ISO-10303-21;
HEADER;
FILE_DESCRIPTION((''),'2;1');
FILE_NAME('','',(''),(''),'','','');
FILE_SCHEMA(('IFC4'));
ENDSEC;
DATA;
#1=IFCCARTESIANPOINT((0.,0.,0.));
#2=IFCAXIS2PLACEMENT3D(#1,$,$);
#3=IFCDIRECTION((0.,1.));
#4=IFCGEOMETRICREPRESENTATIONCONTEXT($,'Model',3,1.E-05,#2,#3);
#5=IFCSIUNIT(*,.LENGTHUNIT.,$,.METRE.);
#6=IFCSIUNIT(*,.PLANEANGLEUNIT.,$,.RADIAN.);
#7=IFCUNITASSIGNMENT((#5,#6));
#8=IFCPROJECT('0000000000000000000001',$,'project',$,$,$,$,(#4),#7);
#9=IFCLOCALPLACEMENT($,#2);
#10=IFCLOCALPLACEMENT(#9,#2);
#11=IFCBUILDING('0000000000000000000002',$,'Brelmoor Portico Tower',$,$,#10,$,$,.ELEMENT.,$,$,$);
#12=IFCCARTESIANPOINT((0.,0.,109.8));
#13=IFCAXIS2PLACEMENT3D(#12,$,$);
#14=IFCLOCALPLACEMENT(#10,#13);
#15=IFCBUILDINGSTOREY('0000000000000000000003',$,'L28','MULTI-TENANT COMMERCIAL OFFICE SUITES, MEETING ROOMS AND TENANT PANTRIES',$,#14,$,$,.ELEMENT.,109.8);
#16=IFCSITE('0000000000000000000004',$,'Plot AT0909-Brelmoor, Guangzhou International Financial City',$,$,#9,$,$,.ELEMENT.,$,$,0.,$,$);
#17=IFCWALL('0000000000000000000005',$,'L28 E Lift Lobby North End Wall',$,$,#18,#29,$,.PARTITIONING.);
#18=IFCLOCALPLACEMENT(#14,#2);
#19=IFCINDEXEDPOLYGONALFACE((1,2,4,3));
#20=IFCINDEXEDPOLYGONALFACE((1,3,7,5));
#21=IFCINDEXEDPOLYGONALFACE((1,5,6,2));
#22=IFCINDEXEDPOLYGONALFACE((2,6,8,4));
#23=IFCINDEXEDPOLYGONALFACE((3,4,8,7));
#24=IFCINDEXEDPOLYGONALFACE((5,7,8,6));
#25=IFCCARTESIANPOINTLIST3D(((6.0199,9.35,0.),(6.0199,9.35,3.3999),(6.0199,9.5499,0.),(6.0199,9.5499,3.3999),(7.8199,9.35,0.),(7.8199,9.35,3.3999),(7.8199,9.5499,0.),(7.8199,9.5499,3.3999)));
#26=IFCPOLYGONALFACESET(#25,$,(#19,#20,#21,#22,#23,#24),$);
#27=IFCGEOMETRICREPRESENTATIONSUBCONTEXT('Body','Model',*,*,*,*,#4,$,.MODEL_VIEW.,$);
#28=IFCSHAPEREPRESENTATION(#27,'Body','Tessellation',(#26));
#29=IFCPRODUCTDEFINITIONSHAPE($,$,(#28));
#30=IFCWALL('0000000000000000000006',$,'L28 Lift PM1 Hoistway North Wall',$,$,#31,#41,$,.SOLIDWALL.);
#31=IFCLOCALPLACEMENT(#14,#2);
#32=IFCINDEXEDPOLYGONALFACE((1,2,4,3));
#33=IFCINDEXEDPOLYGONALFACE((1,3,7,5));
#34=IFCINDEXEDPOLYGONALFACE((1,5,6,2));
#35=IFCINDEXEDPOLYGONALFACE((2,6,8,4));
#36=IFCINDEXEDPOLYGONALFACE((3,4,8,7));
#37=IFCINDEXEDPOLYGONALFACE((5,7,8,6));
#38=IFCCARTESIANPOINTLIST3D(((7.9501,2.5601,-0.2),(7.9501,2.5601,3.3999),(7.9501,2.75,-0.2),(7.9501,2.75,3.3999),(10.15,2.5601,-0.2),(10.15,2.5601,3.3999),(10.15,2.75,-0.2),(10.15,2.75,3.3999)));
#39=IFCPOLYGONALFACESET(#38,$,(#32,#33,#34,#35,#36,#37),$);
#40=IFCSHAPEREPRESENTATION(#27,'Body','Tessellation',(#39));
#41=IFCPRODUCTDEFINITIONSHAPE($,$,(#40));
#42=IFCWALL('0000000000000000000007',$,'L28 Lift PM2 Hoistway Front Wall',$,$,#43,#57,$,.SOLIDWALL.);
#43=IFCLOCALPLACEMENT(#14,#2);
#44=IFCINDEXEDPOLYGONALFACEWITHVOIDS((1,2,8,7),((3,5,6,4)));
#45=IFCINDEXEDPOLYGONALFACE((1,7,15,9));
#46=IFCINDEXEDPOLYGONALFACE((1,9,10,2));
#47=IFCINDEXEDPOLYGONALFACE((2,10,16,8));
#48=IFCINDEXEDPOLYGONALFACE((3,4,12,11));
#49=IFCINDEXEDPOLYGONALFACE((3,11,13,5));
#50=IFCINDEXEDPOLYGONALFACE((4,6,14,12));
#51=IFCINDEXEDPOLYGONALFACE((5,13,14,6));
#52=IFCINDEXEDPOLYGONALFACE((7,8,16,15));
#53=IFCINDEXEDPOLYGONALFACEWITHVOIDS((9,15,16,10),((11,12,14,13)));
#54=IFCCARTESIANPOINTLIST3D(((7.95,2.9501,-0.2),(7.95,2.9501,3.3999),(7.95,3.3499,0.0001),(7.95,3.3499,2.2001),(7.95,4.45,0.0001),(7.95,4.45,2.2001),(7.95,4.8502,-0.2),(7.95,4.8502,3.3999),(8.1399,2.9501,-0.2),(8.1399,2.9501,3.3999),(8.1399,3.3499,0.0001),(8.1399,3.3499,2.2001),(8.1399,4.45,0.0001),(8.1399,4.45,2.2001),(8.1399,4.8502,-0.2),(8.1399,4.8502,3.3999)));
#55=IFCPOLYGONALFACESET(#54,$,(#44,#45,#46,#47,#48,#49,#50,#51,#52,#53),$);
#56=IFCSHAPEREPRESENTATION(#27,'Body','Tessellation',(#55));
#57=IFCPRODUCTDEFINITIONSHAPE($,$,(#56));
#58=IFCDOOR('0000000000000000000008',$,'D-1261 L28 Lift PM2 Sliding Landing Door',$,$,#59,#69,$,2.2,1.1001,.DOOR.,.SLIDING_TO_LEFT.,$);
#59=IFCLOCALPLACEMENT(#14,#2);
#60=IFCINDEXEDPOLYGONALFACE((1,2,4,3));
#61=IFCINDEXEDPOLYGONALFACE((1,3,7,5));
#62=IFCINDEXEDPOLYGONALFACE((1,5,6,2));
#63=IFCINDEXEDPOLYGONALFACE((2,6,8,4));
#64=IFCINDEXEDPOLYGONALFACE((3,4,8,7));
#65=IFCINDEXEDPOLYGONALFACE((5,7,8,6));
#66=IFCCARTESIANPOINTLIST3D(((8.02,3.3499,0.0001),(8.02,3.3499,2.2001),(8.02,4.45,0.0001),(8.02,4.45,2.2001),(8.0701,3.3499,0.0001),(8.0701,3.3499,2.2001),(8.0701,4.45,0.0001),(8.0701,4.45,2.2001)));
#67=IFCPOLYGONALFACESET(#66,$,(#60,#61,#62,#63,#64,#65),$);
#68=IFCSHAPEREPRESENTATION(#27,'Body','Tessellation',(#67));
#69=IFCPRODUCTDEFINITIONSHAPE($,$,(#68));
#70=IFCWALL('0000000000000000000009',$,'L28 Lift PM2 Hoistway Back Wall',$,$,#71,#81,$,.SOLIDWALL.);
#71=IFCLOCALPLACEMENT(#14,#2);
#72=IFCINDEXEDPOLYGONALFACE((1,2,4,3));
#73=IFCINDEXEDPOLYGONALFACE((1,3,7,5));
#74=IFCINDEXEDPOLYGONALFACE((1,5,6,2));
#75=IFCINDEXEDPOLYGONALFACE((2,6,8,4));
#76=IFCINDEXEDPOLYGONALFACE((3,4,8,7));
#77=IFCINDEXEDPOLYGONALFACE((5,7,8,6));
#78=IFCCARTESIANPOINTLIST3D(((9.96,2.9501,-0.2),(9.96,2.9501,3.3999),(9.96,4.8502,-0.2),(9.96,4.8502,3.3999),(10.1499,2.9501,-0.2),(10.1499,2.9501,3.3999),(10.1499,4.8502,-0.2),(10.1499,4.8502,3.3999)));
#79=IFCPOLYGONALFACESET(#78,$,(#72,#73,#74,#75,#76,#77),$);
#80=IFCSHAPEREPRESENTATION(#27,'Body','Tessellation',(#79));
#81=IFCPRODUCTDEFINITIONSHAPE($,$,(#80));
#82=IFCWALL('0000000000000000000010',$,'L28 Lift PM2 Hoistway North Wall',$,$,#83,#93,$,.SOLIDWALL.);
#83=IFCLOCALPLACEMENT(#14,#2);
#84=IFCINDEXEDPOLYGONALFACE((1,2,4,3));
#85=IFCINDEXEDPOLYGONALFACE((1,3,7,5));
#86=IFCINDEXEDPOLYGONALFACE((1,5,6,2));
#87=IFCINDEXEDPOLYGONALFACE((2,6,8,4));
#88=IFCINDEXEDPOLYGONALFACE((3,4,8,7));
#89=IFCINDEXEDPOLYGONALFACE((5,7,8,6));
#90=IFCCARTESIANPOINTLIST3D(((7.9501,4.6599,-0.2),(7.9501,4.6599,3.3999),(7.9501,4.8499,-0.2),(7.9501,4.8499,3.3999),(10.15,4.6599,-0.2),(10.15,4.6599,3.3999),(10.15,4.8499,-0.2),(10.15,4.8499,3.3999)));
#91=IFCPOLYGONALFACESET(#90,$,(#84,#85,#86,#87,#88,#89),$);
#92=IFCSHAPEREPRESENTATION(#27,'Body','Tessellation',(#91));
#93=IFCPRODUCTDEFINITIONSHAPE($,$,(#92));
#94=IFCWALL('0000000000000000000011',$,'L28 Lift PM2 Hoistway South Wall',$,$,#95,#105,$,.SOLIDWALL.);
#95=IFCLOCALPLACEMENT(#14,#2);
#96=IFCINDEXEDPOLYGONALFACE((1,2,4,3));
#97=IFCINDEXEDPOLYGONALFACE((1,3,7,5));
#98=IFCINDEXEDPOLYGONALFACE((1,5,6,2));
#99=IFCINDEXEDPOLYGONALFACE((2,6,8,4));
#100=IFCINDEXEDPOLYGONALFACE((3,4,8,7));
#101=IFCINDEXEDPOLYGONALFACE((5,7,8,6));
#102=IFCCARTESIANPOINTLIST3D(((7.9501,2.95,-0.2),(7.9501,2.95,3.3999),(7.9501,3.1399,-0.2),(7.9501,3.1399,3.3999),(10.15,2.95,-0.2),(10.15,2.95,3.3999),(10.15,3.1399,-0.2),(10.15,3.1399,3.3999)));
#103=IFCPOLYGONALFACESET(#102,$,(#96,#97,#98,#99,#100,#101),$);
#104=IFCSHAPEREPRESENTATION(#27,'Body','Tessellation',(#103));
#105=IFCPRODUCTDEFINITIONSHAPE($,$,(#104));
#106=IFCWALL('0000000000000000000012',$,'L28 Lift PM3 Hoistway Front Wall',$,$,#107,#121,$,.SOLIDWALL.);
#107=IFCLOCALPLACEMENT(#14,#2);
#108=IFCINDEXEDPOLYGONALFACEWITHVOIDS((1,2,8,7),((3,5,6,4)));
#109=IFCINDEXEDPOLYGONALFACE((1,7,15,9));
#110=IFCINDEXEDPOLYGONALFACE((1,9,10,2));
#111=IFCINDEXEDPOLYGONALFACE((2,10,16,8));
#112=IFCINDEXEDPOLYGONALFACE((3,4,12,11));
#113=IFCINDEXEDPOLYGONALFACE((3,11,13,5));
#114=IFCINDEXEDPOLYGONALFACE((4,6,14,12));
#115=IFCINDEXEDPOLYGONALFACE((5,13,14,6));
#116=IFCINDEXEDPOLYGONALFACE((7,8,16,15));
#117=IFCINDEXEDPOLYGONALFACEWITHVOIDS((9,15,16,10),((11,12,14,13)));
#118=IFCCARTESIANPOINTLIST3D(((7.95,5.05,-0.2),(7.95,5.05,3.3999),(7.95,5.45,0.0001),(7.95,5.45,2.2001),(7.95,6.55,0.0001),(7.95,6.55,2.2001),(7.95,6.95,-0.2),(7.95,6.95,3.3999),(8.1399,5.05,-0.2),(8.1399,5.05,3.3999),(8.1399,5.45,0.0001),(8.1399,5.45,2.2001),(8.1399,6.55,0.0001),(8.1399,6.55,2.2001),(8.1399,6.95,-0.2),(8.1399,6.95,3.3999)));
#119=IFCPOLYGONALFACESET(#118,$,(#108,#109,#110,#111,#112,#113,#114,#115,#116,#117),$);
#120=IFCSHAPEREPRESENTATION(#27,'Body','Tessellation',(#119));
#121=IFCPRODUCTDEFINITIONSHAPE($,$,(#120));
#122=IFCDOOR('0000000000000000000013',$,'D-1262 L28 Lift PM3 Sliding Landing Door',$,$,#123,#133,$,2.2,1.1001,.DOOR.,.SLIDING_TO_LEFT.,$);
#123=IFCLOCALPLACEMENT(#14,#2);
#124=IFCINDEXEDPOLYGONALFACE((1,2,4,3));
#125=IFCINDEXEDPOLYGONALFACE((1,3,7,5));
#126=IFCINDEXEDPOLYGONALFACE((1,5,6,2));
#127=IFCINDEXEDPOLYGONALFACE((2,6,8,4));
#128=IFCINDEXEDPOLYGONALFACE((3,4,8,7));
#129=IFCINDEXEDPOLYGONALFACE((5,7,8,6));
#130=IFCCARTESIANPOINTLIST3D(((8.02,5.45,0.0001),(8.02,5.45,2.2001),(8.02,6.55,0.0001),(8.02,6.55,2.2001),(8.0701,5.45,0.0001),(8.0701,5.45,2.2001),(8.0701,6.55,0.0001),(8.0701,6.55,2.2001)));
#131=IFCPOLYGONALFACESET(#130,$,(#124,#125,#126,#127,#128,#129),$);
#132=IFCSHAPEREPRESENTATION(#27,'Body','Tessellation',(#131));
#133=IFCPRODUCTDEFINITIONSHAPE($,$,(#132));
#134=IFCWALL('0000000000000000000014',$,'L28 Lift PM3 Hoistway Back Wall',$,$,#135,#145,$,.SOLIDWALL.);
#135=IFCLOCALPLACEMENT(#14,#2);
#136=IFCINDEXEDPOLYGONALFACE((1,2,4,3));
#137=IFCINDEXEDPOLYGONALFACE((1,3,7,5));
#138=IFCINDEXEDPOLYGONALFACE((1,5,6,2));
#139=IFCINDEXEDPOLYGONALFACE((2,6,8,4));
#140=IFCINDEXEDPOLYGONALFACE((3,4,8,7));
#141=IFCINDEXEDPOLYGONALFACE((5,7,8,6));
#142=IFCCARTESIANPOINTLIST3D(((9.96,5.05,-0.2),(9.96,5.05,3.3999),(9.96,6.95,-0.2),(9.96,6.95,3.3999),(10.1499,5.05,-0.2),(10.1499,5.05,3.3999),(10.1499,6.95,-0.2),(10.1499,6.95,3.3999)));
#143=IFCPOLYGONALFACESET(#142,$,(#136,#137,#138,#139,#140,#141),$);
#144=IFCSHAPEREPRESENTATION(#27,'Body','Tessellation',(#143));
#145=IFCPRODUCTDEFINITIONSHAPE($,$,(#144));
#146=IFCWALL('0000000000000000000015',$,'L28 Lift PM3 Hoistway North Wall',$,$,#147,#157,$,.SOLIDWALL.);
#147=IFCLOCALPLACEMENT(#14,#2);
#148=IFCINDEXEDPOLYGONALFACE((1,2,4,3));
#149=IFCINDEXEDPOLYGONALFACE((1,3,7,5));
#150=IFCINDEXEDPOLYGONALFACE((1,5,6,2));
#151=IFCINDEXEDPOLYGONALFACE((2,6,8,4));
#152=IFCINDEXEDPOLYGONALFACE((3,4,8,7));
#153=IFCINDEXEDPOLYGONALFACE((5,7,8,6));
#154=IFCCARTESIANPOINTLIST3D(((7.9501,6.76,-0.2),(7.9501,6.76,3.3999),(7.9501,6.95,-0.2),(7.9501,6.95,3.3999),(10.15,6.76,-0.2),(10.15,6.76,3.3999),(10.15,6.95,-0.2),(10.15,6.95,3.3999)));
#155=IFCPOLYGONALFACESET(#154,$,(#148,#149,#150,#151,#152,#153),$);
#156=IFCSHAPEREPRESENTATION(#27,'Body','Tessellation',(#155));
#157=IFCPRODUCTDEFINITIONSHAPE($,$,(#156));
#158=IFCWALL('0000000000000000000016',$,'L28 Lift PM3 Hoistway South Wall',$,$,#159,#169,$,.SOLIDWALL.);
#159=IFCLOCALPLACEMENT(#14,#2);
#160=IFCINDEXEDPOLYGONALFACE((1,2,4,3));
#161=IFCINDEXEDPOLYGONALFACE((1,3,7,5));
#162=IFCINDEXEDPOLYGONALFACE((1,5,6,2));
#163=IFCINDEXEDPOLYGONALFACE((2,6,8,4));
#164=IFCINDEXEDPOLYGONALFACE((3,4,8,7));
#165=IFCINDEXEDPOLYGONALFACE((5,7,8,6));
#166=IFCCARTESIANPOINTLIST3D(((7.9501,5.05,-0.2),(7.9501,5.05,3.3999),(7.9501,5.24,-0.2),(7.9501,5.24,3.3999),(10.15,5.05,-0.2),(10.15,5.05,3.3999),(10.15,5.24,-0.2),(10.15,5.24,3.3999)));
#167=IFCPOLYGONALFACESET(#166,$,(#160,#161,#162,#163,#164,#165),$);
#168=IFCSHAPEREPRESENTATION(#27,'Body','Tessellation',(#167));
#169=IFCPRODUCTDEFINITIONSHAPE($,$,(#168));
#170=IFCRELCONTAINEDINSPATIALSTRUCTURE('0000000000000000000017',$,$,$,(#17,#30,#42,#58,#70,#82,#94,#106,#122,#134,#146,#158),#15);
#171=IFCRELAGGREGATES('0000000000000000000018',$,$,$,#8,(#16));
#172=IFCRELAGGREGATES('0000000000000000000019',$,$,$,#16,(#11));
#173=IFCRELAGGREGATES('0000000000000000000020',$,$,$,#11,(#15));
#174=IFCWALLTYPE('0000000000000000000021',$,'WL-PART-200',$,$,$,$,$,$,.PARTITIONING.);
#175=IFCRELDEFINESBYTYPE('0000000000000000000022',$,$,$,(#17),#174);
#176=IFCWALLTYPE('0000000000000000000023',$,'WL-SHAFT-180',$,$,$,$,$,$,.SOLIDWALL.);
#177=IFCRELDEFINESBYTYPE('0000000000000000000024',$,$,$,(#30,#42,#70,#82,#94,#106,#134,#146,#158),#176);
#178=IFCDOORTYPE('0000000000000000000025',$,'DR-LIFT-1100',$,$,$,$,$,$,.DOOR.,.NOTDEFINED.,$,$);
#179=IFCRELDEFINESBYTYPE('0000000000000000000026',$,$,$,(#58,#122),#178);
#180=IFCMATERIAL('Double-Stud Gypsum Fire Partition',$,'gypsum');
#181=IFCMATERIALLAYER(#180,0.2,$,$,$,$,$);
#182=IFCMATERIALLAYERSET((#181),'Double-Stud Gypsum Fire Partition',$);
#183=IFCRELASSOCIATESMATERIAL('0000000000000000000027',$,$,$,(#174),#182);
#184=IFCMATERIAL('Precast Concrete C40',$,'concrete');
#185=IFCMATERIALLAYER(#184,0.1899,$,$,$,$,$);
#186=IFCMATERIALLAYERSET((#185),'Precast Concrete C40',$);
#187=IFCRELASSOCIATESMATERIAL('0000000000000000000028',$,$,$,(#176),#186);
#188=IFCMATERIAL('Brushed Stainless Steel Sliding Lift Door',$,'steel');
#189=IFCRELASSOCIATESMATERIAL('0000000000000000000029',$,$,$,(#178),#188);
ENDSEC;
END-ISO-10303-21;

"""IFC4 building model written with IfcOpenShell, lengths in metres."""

from ifc_helpers import new_model, si_unit, direction, frame, frame_2d, origin, place, context, subcontext, project, spatial, rectangle, extrude, material, layer, layer_set, type_object, element, fill, save


model = new_model("IFC4")

# Units and contexts
model_context = context("Model", 3, precision=1e-05, world=origin(), true_north=direction((0.0, 1.0)))
body_context = subcontext(model_context, "Body", "Model", "MODEL_VIEW")
ifc_project = project(units=[si_unit("LENGTHUNIT", "METRE"), si_unit("PLANEANGLEUNIT", "RADIAN")], contexts=[model_context])

# Site, building, storey
site_placement = place(None, origin())
site = spatial("IfcSite", under=ifc_project, at=site_placement, Name="Plot AT0909-Brelmoor, Guangzhou International Financial City", CompositionType="ELEMENT", RefElevation=0.0)
building_placement = place(site_placement, origin())
building = spatial("IfcBuilding", under=site, at=building_placement, Name="Brelmoor Portico Tower", CompositionType="ELEMENT")
storey_placement = place(building_placement, frame((0.0, 0.0, 109.8)))
storey = spatial("IfcBuildingStorey", under=building, at=storey_placement, Name="L28", Description="MULTI-TENANT COMMERCIAL OFFICE SUITES, MEETING ROOMS AND TENANT PANTRIES", CompositionType="ELEMENT", Elevation=109.8)

# Walls
ifc_material_1 = material(Name="Double-Stud Gypsum Fire Partition", Category="gypsum")
ifc_layer_1 = layer(ifc_material_1, 0.2)
ifc_layer_set_1 = layer_set([ifc_layer_1], Name="Double-Stud Gypsum Fire Partition")
wall_type_1 = type_object("IfcWallType", Name="WL-PART-200", PredefinedType="PARTITIONING", material=ifc_layer_set_1)
wall_1_placement = place(storey_placement, frame((6.02, 9.45, 0.0), z_axis=(0.0, 0.0, 1.0), x_axis=(1.0, 0.0, 0.0)))
element("IfcWall", 1, at=wall_1_placement, inside=storey, type_object=wall_type_1, Name="L28 E Lift Lobby North End Wall", PredefinedType="PARTITIONING", context=body_context, shape_type="SweptSolid", body=[
    extrude(rectangle(XDim=1.8, YDim=0.2, at=frame_2d((0.8999, 0.0))), origin(), (0.0, 0.0, 1.0), 3.3999),
])
ifc_material_2 = material(Name="Precast Concrete C40", Category="concrete")
ifc_layer_2 = layer(ifc_material_2, 0.1899)
ifc_layer_set_2 = layer_set([ifc_layer_2], Name="Precast Concrete C40")
wall_type_2 = type_object("IfcWallType", Name="WL-SHAFT-180", PredefinedType="SOLIDWALL", material=ifc_layer_set_2)
wall_2_placement = place(storey_placement, frame((7.95, 2.655, -0.2), z_axis=(0.0, 0.0, 1.0), x_axis=(1.0, 0.0, 0.0)))
element("IfcWall", 2, at=wall_2_placement, inside=storey, type_object=wall_type_2, Name="L28 Lift PM1 Hoistway North Wall", PredefinedType="SOLIDWALL", context=body_context, shape_type="SweptSolid", body=[
    extrude(rectangle(XDim=2.2, YDim=0.1899, at=frame_2d((1.1001, 0.0))), origin(), (0.0, 0.0, 1.0), 3.5999),
])

# Wall, opening, door
wall_3_placement = place(storey_placement, frame((8.0449, 2.95, -0.2), z_axis=(0.0, 0.0, 1.0), x_axis=(0.0, 1.0, 0.0)))
wall_3 = element("IfcWall", 3, at=wall_3_placement, inside=storey, type_object=wall_type_2, Name="L28 Lift PM2 Hoistway Front Wall", PredefinedType="SOLIDWALL", context=body_context, shape_type="SweptSolid", body=[
    extrude(rectangle(XDim=1.9001, YDim=0.1899, at=frame_2d((0.9502, 0.0))), origin(), (0.0, 0.0, 1.0), 3.5999),
])
opening_1_placement = place(wall_3_placement, frame((0.3999, 0.0, 0.2)))
opening_1 = element("IfcOpeningElement", 4, at=opening_1_placement, cuts=wall_3, PredefinedType="OPENING", context=body_context, shape_type="SweptSolid", body=[
    extrude(rectangle(XDim=1.1001, YDim=2.2, at=frame_2d((0.55, 1.1001))), frame((0.0, 0.105, 0.0), z_axis=(0.0, -1.0, 0.0), x_axis=(1.0, 0.0, 0.0)), (0.0, 0.0, 1.0), 0.21),
])
ifc_material_3 = material(Name="Brushed Stainless Steel Sliding Lift Door", Category="steel")
door_type_1 = type_object("IfcDoorType", Name="DR-LIFT-1100", OperationType="NOTDEFINED", PredefinedType="DOOR", material=ifc_material_3)
door_1_placement = place(opening_1_placement, origin())
door_1 = element("IfcDoor", 5, at=door_1_placement, inside=storey, type_object=door_type_1, Name="D-1261 L28 Lift PM2 Sliding Landing Door", OperationType="SLIDING_TO_LEFT", OverallHeight=2.2, OverallWidth=1.1001, PredefinedType="DOOR", context=body_context, shape_type="SweptSolid", body=[
    extrude(rectangle(XDim=1.1001, YDim=2.2, at=frame_2d((0.55, 1.1001))), frame((0.0, 0.0249, 0.0), z_axis=(0.0, -1.0, 0.0), x_axis=(1.0, 0.0, 0.0)), (0.0, 0.0, 1.0), 0.05),
])
fill(opening_1, door_1)

# Walls
wall_4_placement = place(storey_placement, frame((10.0549, 2.95, -0.2), z_axis=(0.0, 0.0, 1.0), x_axis=(0.0, 1.0, 0.0)))
element("IfcWall", 6, at=wall_4_placement, inside=storey, type_object=wall_type_2, Name="L28 Lift PM2 Hoistway Back Wall", PredefinedType="SOLIDWALL", context=body_context, shape_type="SweptSolid", body=[
    extrude(rectangle(XDim=1.9001, YDim=0.1899, at=frame_2d((0.9502, 0.0))), origin(), (0.0, 0.0, 1.0), 3.5999),
])
for number, where, z_axis, x_axis, name in (
    (7, (7.95, 4.7549, -0.2), (0.0, 0.0, 1.0), (1.0, 0.0, 0.0), "L28 Lift PM2 Hoistway North Wall"),
    (8, (7.95, 3.0449, -0.2), (0.0, 0.0, 1.0), (1.0, 0.0, 0.0), "L28 Lift PM2 Hoistway South Wall"),
):
    element("IfcWall", number, at=place(storey_placement, frame(where, z_axis=z_axis, x_axis=x_axis)), inside=storey, type_object=wall_type_2, Name=name, PredefinedType="SOLIDWALL", context=body_context, shape_type="SweptSolid", body=[
        extrude(rectangle(XDim=2.2, YDim=0.1899, at=frame_2d((1.1001, 0.0))), origin(), (0.0, 0.0, 1.0), 3.5999),
    ])

# Wall, opening, door
wall_5_placement = place(storey_placement, frame((8.0449, 5.05, -0.2), z_axis=(0.0, 0.0, 1.0), x_axis=(0.0, 1.0, 0.0)))
wall_5 = element("IfcWall", 9, at=wall_5_placement, inside=storey, type_object=wall_type_2, Name="L28 Lift PM3 Hoistway Front Wall", PredefinedType="SOLIDWALL", context=body_context, shape_type="SweptSolid", body=[
    extrude(rectangle(XDim=1.8999, YDim=0.1899, at=frame_2d((0.95, 0.0))), origin(), (0.0, 0.0, 1.0), 3.5999),
])
opening_2_placement = place(wall_5_placement, frame((0.3999, 0.0, 0.2)))
opening_2 = element("IfcOpeningElement", 10, at=opening_2_placement, cuts=wall_5, PredefinedType="OPENING", context=body_context, shape_type="SweptSolid", body=[
    extrude(rectangle(XDim=1.1001, YDim=2.2, at=frame_2d((0.55, 1.1001))), frame((0.0, 0.105, 0.0), z_axis=(0.0, -1.0, 0.0), x_axis=(1.0, 0.0, 0.0)), (0.0, 0.0, 1.0), 0.21),
])
door_2_placement = place(opening_2_placement, origin())
door_2 = element("IfcDoor", 11, at=door_2_placement, inside=storey, type_object=door_type_1, Name="D-1262 L28 Lift PM3 Sliding Landing Door", OperationType="SLIDING_TO_LEFT", OverallHeight=2.2, OverallWidth=1.1001, PredefinedType="DOOR", context=body_context, shape_type="SweptSolid", body=[
    extrude(rectangle(XDim=1.1001, YDim=2.2, at=frame_2d((0.55, 1.1001))), frame((0.0, 0.0249, 0.0), z_axis=(0.0, -1.0, 0.0), x_axis=(1.0, 0.0, 0.0)), (0.0, 0.0, 1.0), 0.05),
])
fill(opening_2, door_2)

# Walls
wall_6_placement = place(storey_placement, frame((10.0549, 5.05, -0.2), z_axis=(0.0, 0.0, 1.0), x_axis=(0.0, 1.0, 0.0)))
element("IfcWall", 12, at=wall_6_placement, inside=storey, type_object=wall_type_2, Name="L28 Lift PM3 Hoistway Back Wall", PredefinedType="SOLIDWALL", context=body_context, shape_type="SweptSolid", body=[
    extrude(rectangle(XDim=1.8999, YDim=0.1899, at=frame_2d((0.95, 0.0))), origin(), (0.0, 0.0, 1.0), 3.5999),
])
for number, where, z_axis, x_axis, name in (
    (13, (7.95, 6.855, -0.2), (0.0, 0.0, 1.0), (1.0, 0.0, 0.0), "L28 Lift PM3 Hoistway North Wall"),
    (14, (7.95, 5.145, -0.2), (0.0, 0.0, 1.0), (1.0, 0.0, 0.0), "L28 Lift PM3 Hoistway South Wall"),
):
    element("IfcWall", number, at=place(storey_placement, frame(where, z_axis=z_axis, x_axis=x_axis)), inside=storey, type_object=wall_type_2, Name=name, PredefinedType="SOLIDWALL", context=body_context, shape_type="SweptSolid", body=[
        extrude(rectangle(XDim=2.2, YDim=0.1899, at=frame_2d((1.1001, 0.0))), origin(), (0.0, 0.0, 1.0), 3.5999),
    ])

save(model, "model.ifc")
